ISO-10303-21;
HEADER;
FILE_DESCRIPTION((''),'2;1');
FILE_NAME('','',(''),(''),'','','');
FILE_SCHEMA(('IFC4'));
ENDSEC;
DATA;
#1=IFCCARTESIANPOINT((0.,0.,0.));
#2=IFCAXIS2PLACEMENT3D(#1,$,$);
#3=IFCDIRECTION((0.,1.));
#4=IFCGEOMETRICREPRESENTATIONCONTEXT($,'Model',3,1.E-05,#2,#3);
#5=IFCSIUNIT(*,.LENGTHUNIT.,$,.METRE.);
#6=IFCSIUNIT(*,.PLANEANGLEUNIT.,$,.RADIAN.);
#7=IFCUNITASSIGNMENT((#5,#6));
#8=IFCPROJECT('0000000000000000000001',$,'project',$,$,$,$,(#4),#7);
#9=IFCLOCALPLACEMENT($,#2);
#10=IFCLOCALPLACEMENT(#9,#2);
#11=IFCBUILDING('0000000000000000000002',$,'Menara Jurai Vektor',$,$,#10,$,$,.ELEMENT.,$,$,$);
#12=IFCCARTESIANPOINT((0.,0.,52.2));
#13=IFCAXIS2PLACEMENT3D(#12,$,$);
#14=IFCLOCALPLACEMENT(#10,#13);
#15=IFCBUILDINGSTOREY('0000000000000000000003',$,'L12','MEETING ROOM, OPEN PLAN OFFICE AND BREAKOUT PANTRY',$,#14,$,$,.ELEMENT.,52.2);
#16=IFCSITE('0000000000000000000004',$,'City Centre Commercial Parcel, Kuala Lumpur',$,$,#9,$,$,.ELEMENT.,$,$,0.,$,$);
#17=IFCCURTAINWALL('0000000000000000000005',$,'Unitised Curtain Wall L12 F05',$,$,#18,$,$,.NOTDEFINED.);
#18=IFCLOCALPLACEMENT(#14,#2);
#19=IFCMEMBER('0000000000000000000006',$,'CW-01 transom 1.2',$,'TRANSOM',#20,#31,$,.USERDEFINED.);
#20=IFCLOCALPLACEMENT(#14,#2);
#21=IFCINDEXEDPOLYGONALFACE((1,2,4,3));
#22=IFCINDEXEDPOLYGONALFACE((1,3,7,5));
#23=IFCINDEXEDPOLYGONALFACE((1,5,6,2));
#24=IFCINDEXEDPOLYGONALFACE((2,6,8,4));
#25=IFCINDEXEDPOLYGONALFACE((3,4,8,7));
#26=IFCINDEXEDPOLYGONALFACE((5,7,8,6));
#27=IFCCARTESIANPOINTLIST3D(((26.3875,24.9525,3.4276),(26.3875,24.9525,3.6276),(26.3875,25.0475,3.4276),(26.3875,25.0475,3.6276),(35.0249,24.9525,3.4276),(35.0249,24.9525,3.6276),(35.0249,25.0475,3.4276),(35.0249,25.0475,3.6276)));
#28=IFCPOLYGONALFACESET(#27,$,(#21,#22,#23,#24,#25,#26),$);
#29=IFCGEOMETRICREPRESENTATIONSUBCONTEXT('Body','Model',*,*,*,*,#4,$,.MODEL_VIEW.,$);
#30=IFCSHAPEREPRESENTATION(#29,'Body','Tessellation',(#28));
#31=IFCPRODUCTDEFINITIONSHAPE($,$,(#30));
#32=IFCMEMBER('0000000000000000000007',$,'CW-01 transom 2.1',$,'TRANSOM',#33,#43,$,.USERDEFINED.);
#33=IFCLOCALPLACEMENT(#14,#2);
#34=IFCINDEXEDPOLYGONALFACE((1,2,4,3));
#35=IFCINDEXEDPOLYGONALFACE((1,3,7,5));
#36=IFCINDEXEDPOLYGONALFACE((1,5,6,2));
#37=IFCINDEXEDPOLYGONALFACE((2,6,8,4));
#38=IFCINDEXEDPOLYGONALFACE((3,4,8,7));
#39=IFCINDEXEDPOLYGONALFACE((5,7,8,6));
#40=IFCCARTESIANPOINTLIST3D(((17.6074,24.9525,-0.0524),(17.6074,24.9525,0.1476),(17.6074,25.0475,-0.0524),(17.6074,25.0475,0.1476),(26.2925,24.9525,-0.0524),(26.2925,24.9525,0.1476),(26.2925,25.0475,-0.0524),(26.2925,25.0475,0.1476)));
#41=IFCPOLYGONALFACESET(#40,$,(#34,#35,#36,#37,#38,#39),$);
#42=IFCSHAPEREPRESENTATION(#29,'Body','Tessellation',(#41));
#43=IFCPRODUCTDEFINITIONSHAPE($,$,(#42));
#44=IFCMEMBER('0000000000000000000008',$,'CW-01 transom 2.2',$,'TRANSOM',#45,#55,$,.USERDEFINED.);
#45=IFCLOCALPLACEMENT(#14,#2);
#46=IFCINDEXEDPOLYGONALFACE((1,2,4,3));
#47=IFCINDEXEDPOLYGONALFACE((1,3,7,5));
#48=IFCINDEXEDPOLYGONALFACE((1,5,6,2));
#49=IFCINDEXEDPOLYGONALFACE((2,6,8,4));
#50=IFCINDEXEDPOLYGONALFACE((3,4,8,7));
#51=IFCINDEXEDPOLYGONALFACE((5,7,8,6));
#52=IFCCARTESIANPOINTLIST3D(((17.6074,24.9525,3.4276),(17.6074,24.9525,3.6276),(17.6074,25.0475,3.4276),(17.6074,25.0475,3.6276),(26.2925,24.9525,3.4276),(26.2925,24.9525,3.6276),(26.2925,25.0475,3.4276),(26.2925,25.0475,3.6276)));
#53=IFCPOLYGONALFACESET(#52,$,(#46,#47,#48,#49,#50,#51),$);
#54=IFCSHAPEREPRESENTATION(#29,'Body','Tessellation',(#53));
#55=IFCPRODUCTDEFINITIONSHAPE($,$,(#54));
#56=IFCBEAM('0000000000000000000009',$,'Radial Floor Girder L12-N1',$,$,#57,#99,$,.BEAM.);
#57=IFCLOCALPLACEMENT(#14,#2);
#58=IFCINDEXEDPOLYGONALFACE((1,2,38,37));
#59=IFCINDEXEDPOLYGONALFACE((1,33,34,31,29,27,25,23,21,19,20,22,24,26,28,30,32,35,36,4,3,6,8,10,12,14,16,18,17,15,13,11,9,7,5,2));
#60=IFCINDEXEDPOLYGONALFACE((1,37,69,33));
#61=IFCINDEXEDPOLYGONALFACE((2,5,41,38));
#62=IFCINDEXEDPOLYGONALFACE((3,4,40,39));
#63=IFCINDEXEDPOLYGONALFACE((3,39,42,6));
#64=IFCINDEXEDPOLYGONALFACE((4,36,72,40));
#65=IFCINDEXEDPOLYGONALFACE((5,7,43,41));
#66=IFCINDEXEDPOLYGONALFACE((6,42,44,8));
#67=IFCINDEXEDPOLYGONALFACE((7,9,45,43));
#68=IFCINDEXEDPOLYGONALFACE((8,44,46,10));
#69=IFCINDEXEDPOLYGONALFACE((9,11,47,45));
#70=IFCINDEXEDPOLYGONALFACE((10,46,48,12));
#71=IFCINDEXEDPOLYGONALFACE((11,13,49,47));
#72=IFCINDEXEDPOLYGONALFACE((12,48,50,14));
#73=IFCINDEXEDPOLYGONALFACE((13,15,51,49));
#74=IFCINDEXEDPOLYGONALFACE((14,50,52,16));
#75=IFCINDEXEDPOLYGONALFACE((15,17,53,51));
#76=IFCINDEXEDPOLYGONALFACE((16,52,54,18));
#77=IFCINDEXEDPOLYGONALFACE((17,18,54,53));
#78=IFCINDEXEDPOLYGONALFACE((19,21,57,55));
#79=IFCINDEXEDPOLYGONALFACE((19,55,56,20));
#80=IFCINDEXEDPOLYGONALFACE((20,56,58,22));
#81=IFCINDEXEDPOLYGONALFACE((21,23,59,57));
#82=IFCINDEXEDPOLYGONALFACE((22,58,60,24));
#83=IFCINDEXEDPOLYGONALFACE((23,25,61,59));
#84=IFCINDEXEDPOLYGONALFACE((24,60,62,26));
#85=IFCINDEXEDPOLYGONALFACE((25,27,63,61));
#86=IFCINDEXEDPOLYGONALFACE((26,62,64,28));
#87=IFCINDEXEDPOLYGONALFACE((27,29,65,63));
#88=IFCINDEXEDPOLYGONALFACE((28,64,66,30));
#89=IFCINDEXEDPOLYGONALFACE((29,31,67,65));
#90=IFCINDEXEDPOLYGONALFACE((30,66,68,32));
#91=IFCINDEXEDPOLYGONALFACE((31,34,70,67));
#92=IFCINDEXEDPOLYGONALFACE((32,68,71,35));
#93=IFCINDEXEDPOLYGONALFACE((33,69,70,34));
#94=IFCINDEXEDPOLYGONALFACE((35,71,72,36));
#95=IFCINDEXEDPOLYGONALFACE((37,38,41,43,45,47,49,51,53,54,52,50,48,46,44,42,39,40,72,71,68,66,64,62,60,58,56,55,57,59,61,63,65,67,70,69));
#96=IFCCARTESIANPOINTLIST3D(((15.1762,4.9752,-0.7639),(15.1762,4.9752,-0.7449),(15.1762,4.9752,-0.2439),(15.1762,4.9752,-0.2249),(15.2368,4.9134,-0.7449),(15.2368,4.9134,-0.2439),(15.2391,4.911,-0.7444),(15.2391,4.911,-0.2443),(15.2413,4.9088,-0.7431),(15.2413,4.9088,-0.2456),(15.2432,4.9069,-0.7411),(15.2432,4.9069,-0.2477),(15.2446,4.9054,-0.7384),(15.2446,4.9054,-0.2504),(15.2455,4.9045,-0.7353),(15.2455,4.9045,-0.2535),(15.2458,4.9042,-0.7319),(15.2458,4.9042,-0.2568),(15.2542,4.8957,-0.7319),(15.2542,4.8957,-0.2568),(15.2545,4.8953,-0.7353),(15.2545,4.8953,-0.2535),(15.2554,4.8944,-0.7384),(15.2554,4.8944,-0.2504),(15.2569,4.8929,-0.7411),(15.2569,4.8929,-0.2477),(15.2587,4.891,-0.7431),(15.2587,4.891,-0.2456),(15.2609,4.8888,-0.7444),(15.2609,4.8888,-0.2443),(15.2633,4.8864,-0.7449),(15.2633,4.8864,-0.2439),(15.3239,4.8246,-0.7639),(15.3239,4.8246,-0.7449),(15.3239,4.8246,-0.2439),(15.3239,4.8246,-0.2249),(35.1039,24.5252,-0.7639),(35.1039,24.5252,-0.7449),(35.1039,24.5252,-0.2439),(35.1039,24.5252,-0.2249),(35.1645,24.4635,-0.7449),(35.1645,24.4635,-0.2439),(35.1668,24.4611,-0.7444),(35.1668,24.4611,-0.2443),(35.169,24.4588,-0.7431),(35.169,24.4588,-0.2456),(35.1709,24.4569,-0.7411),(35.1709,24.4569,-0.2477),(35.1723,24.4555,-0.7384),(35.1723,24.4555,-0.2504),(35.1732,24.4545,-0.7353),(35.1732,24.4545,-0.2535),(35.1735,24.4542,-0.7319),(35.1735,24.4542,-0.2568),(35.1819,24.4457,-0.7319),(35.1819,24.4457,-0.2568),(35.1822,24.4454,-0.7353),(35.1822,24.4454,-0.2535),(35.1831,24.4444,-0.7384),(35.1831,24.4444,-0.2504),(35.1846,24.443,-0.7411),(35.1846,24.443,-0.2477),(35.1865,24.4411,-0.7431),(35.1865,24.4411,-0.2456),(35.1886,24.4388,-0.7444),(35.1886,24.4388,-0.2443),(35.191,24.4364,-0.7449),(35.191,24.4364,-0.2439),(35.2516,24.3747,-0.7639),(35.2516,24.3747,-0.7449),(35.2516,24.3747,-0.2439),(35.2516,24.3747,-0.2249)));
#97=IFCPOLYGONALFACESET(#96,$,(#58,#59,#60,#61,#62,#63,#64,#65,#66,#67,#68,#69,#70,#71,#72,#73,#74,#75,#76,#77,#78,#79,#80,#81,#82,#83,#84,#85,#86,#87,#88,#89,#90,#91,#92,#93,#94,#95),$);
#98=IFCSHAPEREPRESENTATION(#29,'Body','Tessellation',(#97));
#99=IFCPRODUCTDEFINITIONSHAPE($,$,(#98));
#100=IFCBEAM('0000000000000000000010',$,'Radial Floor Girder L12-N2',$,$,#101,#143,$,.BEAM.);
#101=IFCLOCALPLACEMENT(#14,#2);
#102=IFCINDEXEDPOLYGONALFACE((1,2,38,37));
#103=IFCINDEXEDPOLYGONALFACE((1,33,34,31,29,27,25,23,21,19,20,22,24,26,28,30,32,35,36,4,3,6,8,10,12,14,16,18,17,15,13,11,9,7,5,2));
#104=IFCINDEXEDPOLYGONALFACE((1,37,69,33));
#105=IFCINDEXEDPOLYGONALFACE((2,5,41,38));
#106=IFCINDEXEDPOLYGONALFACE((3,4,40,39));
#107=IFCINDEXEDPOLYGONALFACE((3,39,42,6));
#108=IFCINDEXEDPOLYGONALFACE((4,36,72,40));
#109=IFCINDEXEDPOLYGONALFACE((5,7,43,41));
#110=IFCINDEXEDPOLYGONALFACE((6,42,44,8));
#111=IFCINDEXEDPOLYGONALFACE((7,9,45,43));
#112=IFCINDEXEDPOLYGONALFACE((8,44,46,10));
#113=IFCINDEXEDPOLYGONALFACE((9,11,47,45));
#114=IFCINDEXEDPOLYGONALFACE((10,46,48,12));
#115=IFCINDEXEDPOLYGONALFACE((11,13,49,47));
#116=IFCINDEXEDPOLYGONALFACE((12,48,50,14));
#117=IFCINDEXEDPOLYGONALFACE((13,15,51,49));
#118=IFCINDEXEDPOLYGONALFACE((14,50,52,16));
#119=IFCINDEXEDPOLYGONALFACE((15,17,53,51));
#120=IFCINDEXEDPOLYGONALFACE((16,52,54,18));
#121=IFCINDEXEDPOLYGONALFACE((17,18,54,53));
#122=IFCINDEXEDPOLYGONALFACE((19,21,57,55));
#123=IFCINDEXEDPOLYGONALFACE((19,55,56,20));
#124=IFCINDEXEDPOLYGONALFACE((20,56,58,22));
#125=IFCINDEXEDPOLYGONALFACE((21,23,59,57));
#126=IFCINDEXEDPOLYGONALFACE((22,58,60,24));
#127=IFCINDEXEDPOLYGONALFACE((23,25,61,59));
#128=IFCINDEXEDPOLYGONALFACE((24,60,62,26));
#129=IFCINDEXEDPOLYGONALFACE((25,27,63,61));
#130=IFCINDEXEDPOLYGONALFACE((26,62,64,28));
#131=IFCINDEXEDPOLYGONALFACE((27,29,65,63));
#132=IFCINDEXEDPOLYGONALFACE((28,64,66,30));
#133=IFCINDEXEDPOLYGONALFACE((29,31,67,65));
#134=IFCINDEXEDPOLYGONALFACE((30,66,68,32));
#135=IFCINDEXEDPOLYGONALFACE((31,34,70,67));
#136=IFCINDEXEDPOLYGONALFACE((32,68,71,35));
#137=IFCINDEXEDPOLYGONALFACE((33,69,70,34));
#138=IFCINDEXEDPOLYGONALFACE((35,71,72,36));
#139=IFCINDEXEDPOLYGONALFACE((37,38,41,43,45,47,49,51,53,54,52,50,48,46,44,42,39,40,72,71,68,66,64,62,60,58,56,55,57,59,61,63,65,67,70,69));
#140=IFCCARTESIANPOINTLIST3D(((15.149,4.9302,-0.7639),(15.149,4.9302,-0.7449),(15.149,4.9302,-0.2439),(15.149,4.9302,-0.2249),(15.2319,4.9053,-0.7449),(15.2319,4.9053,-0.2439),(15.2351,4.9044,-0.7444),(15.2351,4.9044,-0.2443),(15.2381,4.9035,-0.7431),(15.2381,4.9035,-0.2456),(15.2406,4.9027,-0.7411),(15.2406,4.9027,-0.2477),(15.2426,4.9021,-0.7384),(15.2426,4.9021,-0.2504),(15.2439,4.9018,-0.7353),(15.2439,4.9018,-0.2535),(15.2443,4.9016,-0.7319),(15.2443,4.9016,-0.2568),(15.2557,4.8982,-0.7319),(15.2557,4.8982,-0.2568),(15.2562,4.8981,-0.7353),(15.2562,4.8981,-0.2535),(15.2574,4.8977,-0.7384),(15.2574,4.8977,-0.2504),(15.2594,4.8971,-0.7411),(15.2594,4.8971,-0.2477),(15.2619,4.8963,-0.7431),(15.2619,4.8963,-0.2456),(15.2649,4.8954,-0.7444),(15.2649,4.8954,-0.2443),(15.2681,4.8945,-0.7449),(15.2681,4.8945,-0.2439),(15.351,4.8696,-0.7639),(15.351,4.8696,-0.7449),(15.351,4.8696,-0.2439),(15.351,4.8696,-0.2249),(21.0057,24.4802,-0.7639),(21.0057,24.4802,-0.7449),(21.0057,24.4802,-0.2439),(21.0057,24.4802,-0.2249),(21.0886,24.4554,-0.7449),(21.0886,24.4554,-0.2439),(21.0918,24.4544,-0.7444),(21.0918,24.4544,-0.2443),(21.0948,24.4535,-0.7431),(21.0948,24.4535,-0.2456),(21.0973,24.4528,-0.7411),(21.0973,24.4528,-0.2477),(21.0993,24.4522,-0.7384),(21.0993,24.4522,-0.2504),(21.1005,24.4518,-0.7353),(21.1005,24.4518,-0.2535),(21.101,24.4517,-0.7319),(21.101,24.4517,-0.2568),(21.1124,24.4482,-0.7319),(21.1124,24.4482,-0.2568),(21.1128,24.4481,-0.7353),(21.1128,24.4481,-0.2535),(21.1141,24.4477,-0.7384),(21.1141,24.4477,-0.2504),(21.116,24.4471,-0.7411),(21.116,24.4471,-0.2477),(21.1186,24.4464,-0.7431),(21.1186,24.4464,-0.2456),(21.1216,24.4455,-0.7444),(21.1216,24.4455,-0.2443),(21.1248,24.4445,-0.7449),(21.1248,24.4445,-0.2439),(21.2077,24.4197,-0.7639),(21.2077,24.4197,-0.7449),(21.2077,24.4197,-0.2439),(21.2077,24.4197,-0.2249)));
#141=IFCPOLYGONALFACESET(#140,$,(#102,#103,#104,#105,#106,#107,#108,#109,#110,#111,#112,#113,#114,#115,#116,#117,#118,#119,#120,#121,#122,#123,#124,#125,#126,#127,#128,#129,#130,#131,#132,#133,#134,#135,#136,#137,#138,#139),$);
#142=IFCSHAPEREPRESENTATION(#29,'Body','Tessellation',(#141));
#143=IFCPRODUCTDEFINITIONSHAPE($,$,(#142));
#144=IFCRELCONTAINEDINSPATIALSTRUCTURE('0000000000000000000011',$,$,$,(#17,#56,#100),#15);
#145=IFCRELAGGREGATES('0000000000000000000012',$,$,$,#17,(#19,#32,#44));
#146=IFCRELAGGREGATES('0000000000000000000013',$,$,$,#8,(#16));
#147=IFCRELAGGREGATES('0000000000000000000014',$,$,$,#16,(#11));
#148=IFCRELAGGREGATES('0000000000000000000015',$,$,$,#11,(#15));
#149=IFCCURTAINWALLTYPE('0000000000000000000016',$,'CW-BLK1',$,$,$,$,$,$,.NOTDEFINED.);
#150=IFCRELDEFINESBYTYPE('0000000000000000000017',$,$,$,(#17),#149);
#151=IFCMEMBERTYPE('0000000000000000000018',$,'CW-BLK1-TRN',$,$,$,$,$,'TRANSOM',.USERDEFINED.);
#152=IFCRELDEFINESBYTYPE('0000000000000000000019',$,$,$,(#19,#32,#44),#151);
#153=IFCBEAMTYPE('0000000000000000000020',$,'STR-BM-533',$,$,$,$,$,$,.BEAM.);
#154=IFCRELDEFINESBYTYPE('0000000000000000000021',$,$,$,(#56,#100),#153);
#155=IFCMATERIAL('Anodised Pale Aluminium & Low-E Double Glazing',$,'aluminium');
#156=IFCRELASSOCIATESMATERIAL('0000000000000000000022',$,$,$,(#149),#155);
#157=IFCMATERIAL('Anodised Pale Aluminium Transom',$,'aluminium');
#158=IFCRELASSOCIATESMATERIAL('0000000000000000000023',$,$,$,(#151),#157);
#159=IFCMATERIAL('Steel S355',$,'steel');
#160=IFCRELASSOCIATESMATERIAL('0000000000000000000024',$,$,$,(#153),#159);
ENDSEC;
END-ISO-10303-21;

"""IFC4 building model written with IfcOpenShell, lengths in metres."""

from ifc_helpers import new_model, si_unit, direction, frame, origin, origin_2d, place, context, subcontext, project, spatial, rectangle, i_section, extrude, material, material_profile, profile_set, type_object, element, aggregate, save


model = new_model("IFC4")

# Units and contexts
model_context = context("Model", 3, precision=1e-05, world=origin(), true_north=direction((0.0, 1.0)))
body_context = subcontext(model_context, "Body", "Model", "MODEL_VIEW")
ifc_project = project(units=[si_unit("LENGTHUNIT", "METRE"), si_unit("PLANEANGLEUNIT", "RADIAN")], contexts=[model_context])

# Site, building, storey
site_placement = place(None, origin())
site = spatial("IfcSite", under=ifc_project, at=site_placement, Name="City Centre Commercial Parcel, Kuala Lumpur", CompositionType="ELEMENT", RefElevation=0.0)
building_placement = place(site_placement, origin())
building = spatial("IfcBuilding", under=site, at=building_placement, Name="Menara Jurai Vektor", CompositionType="ELEMENT")
storey_placement = place(building_placement, frame((0.0, 0.0, 52.2)))
storey = spatial("IfcBuildingStorey", under=building, at=storey_placement, Name="L12", Description="MEETING ROOM, OPEN PLAN OFFICE AND BREAKOUT PANTRY", CompositionType="ELEMENT", Elevation=52.2)

# Curtain wall
ifc_material_1 = material(Name="Anodised Pale Aluminium & Low-E Double Glazing", Category="aluminium")
curtain_wall_type = type_object("IfcCurtainWallType", Name="CW-BLK1", PredefinedType="NOTDEFINED", material=ifc_material_1)
curtain_wall_1_placement = place(storey_placement, origin())
curtain_wall_1 = element("IfcCurtainWall", 1, at=curtain_wall_1_placement, inside=storey, type_object=curtain_wall_type, Name="Unitised Curtain Wall L12 F05", PredefinedType="NOTDEFINED")

# Members
ifc_material_2 = material(Name="Anodised Pale Aluminium Transom", Category="aluminium")
ifc_material_profile_1 = material_profile(ifc_material_2, rectangle(XDim=0.095, YDim=0.2, at=origin_2d()), Name="ALU TRN 95x200")
ifc_profile_set_1 = profile_set([ifc_material_profile_1], Name="Anodised Pale Aluminium Transom")
member_type_1 = type_object("IfcMemberType", Name="CW-BLK1-TRN", ElementType="TRANSOM", PredefinedType="USERDEFINED", material=ifc_profile_set_1)
member_1_placement = place(storey_placement, frame((35.0249, 25.0, 3.5276), z_axis=(-1.0, 0.0, 0.0), x_axis=(0.0, -1.0, 0.0)))
member_1 = element("IfcMember", 2, at=member_1_placement, type_object=member_type_1, Name="CW-01 transom 1.2", ObjectType="TRANSOM", PredefinedType="USERDEFINED", context=body_context, shape_type="SweptSolid", body=[
    extrude(rectangle(XDim=0.095, YDim=0.2, at=origin_2d()), origin(), (0.0, 0.0, 1.0), 8.6375),
])
member_2_placement = place(storey_placement, frame((26.2925, 25.0, 0.0476), z_axis=(-1.0, 0.0, 0.0), x_axis=(0.0, -1.0, 0.0)))
member_2 = element("IfcMember", 3, at=member_2_placement, type_object=member_type_1, Name="CW-01 transom 2.1", ObjectType="TRANSOM", PredefinedType="USERDEFINED", context=body_context, shape_type="SweptSolid", body=[
    extrude(rectangle(XDim=0.095, YDim=0.2, at=origin_2d()), origin(), (0.0, 0.0, 1.0), 8.6851),
])
member_3_placement = place(storey_placement, frame((26.2925, 25.0, 3.5276), z_axis=(-1.0, 0.0, 0.0), x_axis=(0.0, -1.0, 0.0)))
member_3 = element("IfcMember", 4, at=member_3_placement, type_object=member_type_1, Name="CW-01 transom 2.2", ObjectType="TRANSOM", PredefinedType="USERDEFINED", context=body_context, shape_type="SweptSolid", body=[
    extrude(rectangle(XDim=0.095, YDim=0.2, at=origin_2d()), origin(), (0.0, 0.0, 1.0), 8.6851),
])

# Beams
ifc_material_3 = material(Name="Steel S355", Category="steel")
ifc_material_profile_2 = material_profile(ifc_material_3, i_section(OverallWidth=0.2109, OverallDepth=0.5391, WebThickness=0.012, FlangeThickness=0.019, FilletRadius=0.0129, at=origin_2d()), Name="UKB 533x210x109")
ifc_profile_set_2 = profile_set([ifc_material_profile_2], Name="Steel S355")
beam_type_1 = type_object("IfcBeamType", Name="STR-BM-533", PredefinedType="BEAM", material=ifc_profile_set_2)
beam_1_placement = place(storey_placement, frame((35.1777, 24.45, -0.4944), z_axis=(-0.713839, -0.70031, 0.0), x_axis=(0.70031, -0.713839, 0.0)))
element("IfcBeam", 5, at=beam_1_placement, inside=storey, type_object=beam_type_1, Name="Radial Floor Girder L12-N1", PredefinedType="BEAM", context=body_context, shape_type="SweptSolid", body=[
    extrude(i_section(OverallWidth=0.2109, OverallDepth=0.5391, WebThickness=0.012, FlangeThickness=0.019, FilletRadius=0.0129, at=origin_2d()), origin(), (0.0, 0.0, 1.0), 27.9163),
])
beam_2_placement = place(storey_placement, frame((21.1067, 24.45, -0.4944), z_axis=(-0.286974, -0.957938, 0.0), x_axis=(0.957938, -0.286974, 0.0)))
element("IfcBeam", 6, at=beam_2_placement, inside=storey, type_object=beam_type_1, Name="Radial Floor Girder L12-N2", PredefinedType="BEAM", context=body_context, shape_type="SweptSolid", body=[
    extrude(i_section(OverallWidth=0.2109, OverallDepth=0.5391, WebThickness=0.012, FlangeThickness=0.019, FilletRadius=0.0129, at=origin_2d()), origin(), (0.0, 0.0, 1.0), 20.4084),
])

aggregate(curtain_wall_1, [member_1, member_2, member_3])

save(model, "model.ifc")
